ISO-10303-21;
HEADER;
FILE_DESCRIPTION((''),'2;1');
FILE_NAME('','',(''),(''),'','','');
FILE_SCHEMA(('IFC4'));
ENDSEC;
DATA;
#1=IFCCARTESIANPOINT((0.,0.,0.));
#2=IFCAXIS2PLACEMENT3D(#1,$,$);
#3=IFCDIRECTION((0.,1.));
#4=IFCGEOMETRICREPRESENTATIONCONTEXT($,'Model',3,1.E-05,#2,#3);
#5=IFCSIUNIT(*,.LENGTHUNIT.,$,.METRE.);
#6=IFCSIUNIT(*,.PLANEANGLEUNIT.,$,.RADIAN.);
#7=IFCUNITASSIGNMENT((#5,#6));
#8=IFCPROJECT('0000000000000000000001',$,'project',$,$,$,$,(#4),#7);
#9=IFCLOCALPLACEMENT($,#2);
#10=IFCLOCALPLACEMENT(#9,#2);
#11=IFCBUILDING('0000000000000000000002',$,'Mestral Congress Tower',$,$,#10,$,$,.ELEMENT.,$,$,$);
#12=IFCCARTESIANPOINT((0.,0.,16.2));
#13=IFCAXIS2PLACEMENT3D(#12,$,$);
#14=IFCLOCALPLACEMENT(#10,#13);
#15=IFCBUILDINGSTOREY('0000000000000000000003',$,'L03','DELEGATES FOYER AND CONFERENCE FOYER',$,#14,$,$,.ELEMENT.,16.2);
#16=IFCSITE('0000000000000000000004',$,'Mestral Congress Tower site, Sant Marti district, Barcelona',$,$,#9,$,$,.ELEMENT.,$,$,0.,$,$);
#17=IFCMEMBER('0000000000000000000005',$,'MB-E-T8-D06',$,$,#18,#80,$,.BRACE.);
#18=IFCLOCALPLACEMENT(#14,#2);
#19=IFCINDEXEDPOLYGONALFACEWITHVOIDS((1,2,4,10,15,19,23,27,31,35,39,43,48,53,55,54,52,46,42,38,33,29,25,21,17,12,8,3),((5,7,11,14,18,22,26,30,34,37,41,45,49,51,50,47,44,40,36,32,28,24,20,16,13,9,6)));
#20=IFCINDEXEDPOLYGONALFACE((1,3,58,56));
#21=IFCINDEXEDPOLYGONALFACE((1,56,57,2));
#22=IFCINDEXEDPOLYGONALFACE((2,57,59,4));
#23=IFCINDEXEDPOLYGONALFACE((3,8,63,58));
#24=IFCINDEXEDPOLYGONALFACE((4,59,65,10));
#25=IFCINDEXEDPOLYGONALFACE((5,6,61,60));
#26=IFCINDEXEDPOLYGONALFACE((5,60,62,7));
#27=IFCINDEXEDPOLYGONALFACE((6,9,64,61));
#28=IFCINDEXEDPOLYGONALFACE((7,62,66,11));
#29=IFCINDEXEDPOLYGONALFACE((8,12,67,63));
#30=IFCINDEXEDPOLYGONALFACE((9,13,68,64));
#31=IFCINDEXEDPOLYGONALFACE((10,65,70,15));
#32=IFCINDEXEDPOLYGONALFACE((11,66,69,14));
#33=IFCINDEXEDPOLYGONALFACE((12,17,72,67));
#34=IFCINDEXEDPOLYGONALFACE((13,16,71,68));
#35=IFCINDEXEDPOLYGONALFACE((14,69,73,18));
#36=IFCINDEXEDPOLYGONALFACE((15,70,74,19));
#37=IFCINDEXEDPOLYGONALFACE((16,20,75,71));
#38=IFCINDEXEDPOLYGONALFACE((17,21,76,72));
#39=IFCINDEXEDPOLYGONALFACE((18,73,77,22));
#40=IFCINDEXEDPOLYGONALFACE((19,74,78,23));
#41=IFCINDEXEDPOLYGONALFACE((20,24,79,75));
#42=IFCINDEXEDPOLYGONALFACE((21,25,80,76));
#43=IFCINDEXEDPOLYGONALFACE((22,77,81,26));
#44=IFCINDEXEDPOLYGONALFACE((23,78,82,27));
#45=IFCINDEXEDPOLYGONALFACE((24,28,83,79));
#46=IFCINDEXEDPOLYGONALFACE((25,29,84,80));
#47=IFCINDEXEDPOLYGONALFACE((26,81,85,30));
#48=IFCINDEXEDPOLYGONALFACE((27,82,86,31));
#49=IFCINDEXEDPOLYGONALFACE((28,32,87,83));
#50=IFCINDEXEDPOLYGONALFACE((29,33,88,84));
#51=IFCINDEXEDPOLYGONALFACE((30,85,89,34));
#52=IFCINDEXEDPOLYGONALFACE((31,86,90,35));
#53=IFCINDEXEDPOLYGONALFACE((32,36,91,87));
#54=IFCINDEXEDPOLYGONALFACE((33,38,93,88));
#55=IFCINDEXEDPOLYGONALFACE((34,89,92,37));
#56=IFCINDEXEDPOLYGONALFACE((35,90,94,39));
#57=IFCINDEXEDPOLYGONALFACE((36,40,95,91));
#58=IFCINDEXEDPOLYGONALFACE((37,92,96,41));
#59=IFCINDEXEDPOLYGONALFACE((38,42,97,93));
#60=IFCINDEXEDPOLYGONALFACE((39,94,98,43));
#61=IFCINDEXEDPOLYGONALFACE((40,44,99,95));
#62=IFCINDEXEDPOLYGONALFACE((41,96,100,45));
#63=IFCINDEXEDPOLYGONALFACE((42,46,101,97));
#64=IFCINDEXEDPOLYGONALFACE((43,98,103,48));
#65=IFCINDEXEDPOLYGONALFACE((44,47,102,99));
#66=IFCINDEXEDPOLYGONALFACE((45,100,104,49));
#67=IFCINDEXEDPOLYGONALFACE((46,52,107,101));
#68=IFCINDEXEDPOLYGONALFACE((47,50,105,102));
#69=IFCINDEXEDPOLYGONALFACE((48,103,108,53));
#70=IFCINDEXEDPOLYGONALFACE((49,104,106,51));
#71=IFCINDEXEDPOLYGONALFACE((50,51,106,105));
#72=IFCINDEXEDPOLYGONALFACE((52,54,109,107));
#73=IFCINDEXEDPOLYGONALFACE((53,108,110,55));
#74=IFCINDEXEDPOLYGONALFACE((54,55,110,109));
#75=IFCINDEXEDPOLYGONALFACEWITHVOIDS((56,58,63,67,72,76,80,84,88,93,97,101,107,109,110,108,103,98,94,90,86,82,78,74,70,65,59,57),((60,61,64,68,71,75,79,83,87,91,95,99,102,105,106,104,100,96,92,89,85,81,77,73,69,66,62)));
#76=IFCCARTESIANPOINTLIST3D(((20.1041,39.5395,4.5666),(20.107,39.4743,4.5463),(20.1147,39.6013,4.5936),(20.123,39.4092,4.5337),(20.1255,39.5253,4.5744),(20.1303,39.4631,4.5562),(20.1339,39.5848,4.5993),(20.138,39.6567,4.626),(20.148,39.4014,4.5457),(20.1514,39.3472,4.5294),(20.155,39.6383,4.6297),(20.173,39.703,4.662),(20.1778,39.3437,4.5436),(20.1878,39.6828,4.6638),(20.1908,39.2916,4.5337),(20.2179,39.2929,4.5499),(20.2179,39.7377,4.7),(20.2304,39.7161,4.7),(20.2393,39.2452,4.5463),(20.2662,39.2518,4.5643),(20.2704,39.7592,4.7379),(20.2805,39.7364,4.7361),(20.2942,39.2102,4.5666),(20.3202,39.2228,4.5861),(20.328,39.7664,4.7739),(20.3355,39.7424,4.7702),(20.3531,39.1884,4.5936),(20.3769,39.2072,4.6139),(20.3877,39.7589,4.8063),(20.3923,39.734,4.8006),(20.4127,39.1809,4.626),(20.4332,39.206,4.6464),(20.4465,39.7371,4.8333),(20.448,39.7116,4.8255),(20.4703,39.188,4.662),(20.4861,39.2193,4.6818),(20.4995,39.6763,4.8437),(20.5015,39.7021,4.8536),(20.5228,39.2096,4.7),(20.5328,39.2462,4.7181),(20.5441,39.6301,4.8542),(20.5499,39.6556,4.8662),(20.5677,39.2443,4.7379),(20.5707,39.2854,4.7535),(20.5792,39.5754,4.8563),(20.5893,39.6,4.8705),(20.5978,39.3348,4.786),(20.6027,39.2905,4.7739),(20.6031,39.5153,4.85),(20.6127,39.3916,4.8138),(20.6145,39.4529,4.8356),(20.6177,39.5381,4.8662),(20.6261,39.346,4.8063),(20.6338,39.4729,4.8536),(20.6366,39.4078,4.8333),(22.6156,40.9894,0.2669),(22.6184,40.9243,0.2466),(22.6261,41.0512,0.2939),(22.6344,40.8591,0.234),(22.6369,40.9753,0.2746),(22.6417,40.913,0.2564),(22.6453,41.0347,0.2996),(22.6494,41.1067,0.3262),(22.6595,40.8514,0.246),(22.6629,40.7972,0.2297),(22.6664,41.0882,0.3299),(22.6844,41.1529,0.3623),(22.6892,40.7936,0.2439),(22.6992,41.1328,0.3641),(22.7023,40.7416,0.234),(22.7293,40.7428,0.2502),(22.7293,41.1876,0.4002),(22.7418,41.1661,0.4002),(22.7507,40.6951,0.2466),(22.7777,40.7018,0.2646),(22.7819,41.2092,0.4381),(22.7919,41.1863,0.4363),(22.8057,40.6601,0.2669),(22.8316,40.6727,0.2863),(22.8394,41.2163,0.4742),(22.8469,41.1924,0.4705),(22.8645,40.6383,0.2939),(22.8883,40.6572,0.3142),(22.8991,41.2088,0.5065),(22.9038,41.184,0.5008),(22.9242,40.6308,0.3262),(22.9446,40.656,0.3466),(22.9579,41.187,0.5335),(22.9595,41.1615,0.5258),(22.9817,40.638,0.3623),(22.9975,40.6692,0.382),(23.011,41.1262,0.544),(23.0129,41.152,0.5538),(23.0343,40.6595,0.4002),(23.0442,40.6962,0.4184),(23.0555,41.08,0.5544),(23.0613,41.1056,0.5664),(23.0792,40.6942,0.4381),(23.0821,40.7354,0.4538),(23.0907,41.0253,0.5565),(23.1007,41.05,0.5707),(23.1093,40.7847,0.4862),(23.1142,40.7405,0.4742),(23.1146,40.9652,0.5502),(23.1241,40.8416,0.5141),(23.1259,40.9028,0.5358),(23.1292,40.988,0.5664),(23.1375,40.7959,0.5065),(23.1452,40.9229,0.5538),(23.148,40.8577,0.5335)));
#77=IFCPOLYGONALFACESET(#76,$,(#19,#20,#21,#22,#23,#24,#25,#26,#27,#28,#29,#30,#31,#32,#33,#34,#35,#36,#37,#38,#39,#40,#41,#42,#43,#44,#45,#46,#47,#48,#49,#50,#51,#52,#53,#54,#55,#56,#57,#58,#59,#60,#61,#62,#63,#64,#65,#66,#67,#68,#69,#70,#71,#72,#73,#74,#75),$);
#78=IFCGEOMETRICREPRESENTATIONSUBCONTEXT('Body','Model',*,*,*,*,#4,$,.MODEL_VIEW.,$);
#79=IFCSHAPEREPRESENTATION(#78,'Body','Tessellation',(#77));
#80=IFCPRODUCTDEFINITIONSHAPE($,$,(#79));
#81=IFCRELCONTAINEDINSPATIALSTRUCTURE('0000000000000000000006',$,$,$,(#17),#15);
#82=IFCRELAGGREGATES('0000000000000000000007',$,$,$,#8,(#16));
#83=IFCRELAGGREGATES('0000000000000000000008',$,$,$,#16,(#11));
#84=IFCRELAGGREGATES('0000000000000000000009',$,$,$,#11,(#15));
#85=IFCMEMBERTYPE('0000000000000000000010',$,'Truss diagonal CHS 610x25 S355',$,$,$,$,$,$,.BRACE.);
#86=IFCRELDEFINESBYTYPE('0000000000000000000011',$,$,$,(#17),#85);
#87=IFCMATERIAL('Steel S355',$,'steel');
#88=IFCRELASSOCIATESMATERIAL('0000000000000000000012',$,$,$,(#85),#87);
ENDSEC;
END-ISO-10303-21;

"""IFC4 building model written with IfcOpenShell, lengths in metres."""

from ifc_helpers import new_model, si_unit, direction, frame, origin, origin_2d, place, context, subcontext, project, spatial, hollow_circle, extrude, material, material_profile, profile_set, type_object, element, save


model = new_model("IFC4")

# Units and contexts
model_context = context("Model", 3, precision=1e-05, world=origin(), true_north=direction((0.0, 1.0)))
body_context = subcontext(model_context, "Body", "Model", "MODEL_VIEW")
ifc_project = project(units=[si_unit("LENGTHUNIT", "METRE"), si_unit("PLANEANGLEUNIT", "RADIAN")], contexts=[model_context])

# Site, building, storey
site_placement = place(None, origin())
site = spatial("IfcSite", under=ifc_project, at=site_placement, Name="Mestral Congress Tower site, Sant Marti district, Barcelona", CompositionType="ELEMENT", RefElevation=0.0)
building_placement = place(site_placement, origin())
building = spatial("IfcBuilding", under=site, at=building_placement, Name="Mestral Congress Tower", CompositionType="ELEMENT")
storey_placement = place(building_placement, frame((0.0, 0.0, 16.2)))
storey = spatial("IfcBuildingStorey", under=building, at=storey_placement, Name="L03", Description="DELEGATES FOYER AND CONFERENCE FOYER", CompositionType="ELEMENT", Elevation=16.2)

# Member
ifc_material = material(Name="Steel S355", Category="steel")
ifc_material_profile_1 = material_profile(ifc_material, hollow_circle(Radius=0.3049, WallThickness=0.0249, at=origin_2d()), Name="CHS 610x25")
ifc_profile_set_1 = profile_set([ifc_material_profile_1], Name="Steel S355")
member_type_1 = type_object("IfcMemberType", Name="Truss diagonal CHS 610x25 S355", PredefinedType="BRACE", material=ifc_profile_set_1)
for number, where, z_axis, x_axis, name in (
    (1, (20.3704, 39.4736, 4.7), (0.484247, 0.279571, -0.829062), (-0.499987, 0.866033, 0.0), "MB-E-T8-D06"),
):
    element("IfcMember", number, at=place(storey_placement, frame(where, z_axis=z_axis, x_axis=x_axis)), inside=storey, type_object=member_type_1, Name=name, PredefinedType="BRACE", context=body_context, shape_type="SweptSolid", body=[
        extrude(hollow_circle(Radius=0.3049, WallThickness=0.0249, at=origin_2d()), origin(), (0.0, 0.0, 1.0), 5.1863),
    ])

save(model, "model.ifc")
